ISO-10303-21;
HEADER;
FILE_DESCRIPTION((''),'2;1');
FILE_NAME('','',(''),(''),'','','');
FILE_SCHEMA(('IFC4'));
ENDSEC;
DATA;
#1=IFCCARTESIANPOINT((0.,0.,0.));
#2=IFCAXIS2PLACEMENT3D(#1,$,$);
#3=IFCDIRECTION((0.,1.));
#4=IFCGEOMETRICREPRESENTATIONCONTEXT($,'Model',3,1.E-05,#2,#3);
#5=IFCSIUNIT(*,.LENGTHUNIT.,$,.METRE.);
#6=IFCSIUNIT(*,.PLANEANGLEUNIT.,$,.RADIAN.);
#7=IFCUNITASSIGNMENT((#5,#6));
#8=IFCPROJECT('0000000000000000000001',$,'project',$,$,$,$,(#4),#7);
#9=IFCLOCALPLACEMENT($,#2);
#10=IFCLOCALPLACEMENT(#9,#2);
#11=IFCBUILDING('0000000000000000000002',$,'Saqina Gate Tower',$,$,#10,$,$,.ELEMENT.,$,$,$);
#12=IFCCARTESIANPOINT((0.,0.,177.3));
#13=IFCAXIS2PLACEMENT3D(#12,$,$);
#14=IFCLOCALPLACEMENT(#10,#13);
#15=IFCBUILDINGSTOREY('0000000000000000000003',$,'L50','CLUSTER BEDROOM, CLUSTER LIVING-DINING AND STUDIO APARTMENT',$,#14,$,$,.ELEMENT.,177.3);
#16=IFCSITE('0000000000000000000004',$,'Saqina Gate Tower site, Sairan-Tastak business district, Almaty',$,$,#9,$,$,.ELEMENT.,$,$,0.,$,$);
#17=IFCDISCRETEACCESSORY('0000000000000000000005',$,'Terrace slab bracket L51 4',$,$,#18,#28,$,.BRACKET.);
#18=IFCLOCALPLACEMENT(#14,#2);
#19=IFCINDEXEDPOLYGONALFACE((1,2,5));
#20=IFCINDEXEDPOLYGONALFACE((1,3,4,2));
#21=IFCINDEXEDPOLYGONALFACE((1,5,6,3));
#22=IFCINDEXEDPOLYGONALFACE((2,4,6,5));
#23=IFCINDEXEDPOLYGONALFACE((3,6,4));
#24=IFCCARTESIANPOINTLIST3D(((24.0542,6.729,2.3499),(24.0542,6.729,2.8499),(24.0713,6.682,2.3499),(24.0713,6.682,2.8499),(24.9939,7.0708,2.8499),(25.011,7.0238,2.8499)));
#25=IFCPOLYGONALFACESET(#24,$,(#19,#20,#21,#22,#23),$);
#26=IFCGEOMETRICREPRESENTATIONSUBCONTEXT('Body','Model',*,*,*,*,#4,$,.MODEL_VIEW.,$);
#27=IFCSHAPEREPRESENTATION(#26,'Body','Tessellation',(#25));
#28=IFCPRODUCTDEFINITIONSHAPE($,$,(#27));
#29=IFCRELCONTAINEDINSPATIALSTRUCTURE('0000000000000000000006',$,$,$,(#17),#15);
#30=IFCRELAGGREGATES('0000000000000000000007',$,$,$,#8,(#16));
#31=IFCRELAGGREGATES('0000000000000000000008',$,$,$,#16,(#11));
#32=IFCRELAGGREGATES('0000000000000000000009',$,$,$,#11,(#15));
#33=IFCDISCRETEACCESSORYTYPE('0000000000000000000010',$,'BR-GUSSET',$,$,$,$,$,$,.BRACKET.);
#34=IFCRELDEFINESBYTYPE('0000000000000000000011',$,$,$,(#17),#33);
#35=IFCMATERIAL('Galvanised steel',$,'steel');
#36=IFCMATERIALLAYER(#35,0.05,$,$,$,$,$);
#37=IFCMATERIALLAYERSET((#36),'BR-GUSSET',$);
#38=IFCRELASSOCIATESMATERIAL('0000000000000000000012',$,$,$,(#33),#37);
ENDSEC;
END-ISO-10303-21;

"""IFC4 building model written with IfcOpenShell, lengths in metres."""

from ifc_helpers import new_model, si_unit, direction, frame, origin, place, context, subcontext, project, spatial, polyline, outline, extrude, material, layer, layer_set, type_object, element, save


model = new_model("IFC4")

# Units and contexts
model_context = context("Model", 3, precision=1e-05, world=origin(), true_north=direction((0.0, 1.0)))
body_context = subcontext(model_context, "Body", "Model", "MODEL_VIEW")
ifc_project = project(units=[si_unit("LENGTHUNIT", "METRE"), si_unit("PLANEANGLEUNIT", "RADIAN")], contexts=[model_context])

# Site, building, storey
site_placement = place(None, origin())
site = spatial("IfcSite", under=ifc_project, at=site_placement, Name="Saqina Gate Tower site, Sairan-Tastak business district, Almaty", CompositionType="ELEMENT", RefElevation=0.0)
building_placement = place(site_placement, origin())
building = spatial("IfcBuilding", under=site, at=building_placement, Name="Saqina Gate Tower", CompositionType="ELEMENT")
storey_placement = place(building_placement, frame((0.0, 0.0, 177.3)))
storey = spatial("IfcBuildingStorey", under=building, at=storey_placement, Name="L50", Description="CLUSTER BEDROOM, CLUSTER LIVING-DINING AND STUDIO APARTMENT", CompositionType="ELEMENT", Elevation=177.3)

# Discrete accessory
ifc_material_1 = material(Name="Galvanised steel", Category="steel")
ifc_layer_1 = layer(ifc_material_1, 0.05)
ifc_layer_set_1 = layer_set([ifc_layer_1], Name="BR-GUSSET")
discrete_accessory_type = type_object("IfcDiscreteAccessoryType", Name="BR-GUSSET", PredefinedType="BRACKET", material=ifc_layer_set_1)
discrete_accessory_1_placement = place(storey_placement, frame((24.0542, 6.729, 2.3499), z_axis=(-0.341821, 0.939765, 0.0), x_axis=(0.0, 0.0, 1.0)))
element("IfcDiscreteAccessory", 1, at=discrete_accessory_1_placement, inside=storey, type_object=discrete_accessory_type, Name="Terrace slab bracket L51 4", PredefinedType="BRACKET", context=body_context, shape_type="SweptSolid", body=[
    extrude(outline(polyline([(0.0, 0.0), (0.5, 0.0), (0.5, 0.9999), (0.0, 0.0)])), origin(), (0.0, 0.0, -1.0), 0.05),
])

save(model, "model.ifc")
